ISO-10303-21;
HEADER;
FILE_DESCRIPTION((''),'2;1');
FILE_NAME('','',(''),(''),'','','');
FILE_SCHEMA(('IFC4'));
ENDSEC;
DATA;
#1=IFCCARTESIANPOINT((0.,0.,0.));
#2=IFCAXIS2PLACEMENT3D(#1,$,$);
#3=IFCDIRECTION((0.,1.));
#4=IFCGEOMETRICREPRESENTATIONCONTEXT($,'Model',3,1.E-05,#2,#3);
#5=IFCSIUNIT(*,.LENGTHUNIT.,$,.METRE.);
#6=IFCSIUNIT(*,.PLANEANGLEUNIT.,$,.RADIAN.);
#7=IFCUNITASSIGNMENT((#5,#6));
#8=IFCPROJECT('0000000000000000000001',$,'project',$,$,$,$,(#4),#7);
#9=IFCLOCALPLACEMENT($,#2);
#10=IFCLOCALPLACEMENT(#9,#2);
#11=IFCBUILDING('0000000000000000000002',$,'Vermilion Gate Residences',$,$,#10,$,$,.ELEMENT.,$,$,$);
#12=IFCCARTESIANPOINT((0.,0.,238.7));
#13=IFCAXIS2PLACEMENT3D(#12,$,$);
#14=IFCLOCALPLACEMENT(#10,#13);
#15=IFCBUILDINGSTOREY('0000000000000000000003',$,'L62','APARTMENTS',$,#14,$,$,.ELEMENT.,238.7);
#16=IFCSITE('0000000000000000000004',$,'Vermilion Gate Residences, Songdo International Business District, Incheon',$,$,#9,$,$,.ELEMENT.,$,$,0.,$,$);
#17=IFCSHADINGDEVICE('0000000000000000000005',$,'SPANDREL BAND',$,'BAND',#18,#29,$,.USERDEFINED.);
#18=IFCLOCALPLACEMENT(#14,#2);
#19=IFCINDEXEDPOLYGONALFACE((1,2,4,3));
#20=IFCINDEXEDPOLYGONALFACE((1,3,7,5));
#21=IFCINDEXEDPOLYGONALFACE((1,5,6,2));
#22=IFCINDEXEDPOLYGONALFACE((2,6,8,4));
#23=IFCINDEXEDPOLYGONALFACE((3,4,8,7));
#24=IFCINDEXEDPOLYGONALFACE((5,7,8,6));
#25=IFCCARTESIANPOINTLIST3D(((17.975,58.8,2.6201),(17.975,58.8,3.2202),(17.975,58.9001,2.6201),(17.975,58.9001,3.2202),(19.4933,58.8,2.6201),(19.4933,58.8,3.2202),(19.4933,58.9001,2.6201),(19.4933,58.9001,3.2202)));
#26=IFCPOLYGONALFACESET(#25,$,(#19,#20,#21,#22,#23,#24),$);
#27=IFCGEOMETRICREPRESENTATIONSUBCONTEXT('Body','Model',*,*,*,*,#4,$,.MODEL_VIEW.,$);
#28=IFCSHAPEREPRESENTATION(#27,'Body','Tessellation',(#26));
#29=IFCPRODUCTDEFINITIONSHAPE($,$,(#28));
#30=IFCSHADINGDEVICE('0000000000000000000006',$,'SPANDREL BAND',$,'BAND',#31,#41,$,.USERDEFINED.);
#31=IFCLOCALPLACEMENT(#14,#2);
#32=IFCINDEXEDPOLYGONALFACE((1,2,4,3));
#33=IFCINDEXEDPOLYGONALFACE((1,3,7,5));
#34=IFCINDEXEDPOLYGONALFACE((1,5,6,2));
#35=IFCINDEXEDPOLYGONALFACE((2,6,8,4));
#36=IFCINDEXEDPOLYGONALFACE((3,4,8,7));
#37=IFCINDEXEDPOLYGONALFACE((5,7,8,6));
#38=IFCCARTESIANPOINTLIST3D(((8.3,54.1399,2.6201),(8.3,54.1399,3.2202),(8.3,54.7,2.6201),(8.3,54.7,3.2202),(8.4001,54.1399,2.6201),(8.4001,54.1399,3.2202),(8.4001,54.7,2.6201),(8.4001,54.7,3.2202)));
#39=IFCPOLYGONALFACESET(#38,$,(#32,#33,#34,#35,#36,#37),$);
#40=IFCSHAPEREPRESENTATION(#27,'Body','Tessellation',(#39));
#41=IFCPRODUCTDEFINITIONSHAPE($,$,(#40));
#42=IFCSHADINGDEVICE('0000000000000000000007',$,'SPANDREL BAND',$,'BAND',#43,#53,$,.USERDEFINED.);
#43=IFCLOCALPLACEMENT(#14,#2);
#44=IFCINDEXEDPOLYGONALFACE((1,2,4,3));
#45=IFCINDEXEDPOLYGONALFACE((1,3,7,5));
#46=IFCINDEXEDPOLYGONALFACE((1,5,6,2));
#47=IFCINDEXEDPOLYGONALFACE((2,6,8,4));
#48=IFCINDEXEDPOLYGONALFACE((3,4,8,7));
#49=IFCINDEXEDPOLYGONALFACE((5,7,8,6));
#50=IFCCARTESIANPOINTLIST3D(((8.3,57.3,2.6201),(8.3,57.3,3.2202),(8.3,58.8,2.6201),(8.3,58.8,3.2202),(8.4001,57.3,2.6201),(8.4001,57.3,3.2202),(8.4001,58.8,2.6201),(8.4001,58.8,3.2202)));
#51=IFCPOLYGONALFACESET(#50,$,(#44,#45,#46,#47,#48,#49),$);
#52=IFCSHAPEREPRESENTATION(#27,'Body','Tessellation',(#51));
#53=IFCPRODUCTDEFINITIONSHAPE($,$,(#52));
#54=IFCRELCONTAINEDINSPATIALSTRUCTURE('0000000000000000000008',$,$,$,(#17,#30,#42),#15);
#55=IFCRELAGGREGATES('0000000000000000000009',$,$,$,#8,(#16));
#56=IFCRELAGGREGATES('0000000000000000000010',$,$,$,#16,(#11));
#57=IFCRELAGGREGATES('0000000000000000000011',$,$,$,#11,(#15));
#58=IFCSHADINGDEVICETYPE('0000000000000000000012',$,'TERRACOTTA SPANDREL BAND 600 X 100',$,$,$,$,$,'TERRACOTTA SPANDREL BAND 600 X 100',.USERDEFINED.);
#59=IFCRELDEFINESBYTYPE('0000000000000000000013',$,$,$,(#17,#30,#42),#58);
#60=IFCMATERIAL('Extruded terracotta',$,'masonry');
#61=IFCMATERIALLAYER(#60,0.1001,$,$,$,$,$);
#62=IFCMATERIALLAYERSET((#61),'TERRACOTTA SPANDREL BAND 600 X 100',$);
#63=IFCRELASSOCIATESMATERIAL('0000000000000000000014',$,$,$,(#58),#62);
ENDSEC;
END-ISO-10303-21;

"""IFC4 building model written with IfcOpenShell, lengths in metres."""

from ifc_helpers import new_model, si_unit, direction, frame, origin, origin_2d, place, context, subcontext, project, spatial, rectangle, extrude, material, layer, layer_set, type_object, element, save


model = new_model("IFC4")

# Units and contexts
model_context = context("Model", 3, precision=1e-05, world=origin(), true_north=direction((0.0, 1.0)))
body_context = subcontext(model_context, "Body", "Model", "MODEL_VIEW")
ifc_project = project(units=[si_unit("LENGTHUNIT", "METRE"), si_unit("PLANEANGLEUNIT", "RADIAN")], contexts=[model_context])

# Site, building, storey
site_placement = place(None, origin())
site = spatial("IfcSite", under=ifc_project, at=site_placement, Name="Vermilion Gate Residences, Songdo International Business District, Incheon", CompositionType="ELEMENT", RefElevation=0.0)
building_placement = place(site_placement, origin())
building = spatial("IfcBuilding", under=site, at=building_placement, Name="Vermilion Gate Residences", CompositionType="ELEMENT")
storey_placement = place(building_placement, frame((0.0, 0.0, 238.7)))
storey = spatial("IfcBuildingStorey", under=building, at=storey_placement, Name="L62", Description="APARTMENTS", CompositionType="ELEMENT", Elevation=238.7)

# Shading devices
ifc_material_1 = material(Name="Extruded terracotta", Category="masonry")
ifc_layer_1 = layer(ifc_material_1, 0.1001)
ifc_layer_set_1 = layer_set([ifc_layer_1], Name="TERRACOTTA SPANDREL BAND 600 X 100")
shading_device_type = type_object("IfcShadingDeviceType", Name="TERRACOTTA SPANDREL BAND 600 X 100", ElementType="TERRACOTTA SPANDREL BAND 600 X 100", PredefinedType="USERDEFINED", material=ifc_layer_set_1)
shading_device_1_placement = place(storey_placement, frame((18.7341, 58.8501, 2.6201), z_axis=(0.0, 0.0, 1.0), x_axis=(1.0, 0.0, 0.0)))
element("IfcShadingDevice", 1, at=shading_device_1_placement, inside=storey, type_object=shading_device_type, Name="SPANDREL BAND", ObjectType="BAND", PredefinedType="USERDEFINED", context=body_context, shape_type="SweptSolid", body=[
    extrude(rectangle(XDim=1.5183, YDim=0.1001, at=origin_2d()), origin(), (0.0, 0.0, 1.0), 0.6001),
])
shading_device_2_placement = place(storey_placement, frame((8.3501, 54.4199, 2.6201), z_axis=(0.0, 0.0, 1.0), x_axis=(0.0, 1.0, 0.0)))
element("IfcShadingDevice", 2, at=shading_device_2_placement, inside=storey, type_object=shading_device_type, Name="SPANDREL BAND", ObjectType="BAND", PredefinedType="USERDEFINED", context=body_context, shape_type="SweptSolid", body=[
    extrude(rectangle(XDim=0.5601, YDim=0.1001, at=origin_2d()), origin(), (0.0, 0.0, 1.0), 0.6001),
])
shading_device_3_placement = place(storey_placement, frame((8.3501, 58.05, 2.6201), z_axis=(0.0, 0.0, 1.0), x_axis=(0.0, 1.0, 0.0)))
element("IfcShadingDevice", 3, at=shading_device_3_placement, inside=storey, type_object=shading_device_type, Name="SPANDREL BAND", ObjectType="BAND", PredefinedType="USERDEFINED", context=body_context, shape_type="SweptSolid", body=[
    extrude(rectangle(XDim=1.5, YDim=0.1001, at=origin_2d()), origin(), (0.0, 0.0, 1.0), 0.6001),
])

save(model, "model.ifc")
